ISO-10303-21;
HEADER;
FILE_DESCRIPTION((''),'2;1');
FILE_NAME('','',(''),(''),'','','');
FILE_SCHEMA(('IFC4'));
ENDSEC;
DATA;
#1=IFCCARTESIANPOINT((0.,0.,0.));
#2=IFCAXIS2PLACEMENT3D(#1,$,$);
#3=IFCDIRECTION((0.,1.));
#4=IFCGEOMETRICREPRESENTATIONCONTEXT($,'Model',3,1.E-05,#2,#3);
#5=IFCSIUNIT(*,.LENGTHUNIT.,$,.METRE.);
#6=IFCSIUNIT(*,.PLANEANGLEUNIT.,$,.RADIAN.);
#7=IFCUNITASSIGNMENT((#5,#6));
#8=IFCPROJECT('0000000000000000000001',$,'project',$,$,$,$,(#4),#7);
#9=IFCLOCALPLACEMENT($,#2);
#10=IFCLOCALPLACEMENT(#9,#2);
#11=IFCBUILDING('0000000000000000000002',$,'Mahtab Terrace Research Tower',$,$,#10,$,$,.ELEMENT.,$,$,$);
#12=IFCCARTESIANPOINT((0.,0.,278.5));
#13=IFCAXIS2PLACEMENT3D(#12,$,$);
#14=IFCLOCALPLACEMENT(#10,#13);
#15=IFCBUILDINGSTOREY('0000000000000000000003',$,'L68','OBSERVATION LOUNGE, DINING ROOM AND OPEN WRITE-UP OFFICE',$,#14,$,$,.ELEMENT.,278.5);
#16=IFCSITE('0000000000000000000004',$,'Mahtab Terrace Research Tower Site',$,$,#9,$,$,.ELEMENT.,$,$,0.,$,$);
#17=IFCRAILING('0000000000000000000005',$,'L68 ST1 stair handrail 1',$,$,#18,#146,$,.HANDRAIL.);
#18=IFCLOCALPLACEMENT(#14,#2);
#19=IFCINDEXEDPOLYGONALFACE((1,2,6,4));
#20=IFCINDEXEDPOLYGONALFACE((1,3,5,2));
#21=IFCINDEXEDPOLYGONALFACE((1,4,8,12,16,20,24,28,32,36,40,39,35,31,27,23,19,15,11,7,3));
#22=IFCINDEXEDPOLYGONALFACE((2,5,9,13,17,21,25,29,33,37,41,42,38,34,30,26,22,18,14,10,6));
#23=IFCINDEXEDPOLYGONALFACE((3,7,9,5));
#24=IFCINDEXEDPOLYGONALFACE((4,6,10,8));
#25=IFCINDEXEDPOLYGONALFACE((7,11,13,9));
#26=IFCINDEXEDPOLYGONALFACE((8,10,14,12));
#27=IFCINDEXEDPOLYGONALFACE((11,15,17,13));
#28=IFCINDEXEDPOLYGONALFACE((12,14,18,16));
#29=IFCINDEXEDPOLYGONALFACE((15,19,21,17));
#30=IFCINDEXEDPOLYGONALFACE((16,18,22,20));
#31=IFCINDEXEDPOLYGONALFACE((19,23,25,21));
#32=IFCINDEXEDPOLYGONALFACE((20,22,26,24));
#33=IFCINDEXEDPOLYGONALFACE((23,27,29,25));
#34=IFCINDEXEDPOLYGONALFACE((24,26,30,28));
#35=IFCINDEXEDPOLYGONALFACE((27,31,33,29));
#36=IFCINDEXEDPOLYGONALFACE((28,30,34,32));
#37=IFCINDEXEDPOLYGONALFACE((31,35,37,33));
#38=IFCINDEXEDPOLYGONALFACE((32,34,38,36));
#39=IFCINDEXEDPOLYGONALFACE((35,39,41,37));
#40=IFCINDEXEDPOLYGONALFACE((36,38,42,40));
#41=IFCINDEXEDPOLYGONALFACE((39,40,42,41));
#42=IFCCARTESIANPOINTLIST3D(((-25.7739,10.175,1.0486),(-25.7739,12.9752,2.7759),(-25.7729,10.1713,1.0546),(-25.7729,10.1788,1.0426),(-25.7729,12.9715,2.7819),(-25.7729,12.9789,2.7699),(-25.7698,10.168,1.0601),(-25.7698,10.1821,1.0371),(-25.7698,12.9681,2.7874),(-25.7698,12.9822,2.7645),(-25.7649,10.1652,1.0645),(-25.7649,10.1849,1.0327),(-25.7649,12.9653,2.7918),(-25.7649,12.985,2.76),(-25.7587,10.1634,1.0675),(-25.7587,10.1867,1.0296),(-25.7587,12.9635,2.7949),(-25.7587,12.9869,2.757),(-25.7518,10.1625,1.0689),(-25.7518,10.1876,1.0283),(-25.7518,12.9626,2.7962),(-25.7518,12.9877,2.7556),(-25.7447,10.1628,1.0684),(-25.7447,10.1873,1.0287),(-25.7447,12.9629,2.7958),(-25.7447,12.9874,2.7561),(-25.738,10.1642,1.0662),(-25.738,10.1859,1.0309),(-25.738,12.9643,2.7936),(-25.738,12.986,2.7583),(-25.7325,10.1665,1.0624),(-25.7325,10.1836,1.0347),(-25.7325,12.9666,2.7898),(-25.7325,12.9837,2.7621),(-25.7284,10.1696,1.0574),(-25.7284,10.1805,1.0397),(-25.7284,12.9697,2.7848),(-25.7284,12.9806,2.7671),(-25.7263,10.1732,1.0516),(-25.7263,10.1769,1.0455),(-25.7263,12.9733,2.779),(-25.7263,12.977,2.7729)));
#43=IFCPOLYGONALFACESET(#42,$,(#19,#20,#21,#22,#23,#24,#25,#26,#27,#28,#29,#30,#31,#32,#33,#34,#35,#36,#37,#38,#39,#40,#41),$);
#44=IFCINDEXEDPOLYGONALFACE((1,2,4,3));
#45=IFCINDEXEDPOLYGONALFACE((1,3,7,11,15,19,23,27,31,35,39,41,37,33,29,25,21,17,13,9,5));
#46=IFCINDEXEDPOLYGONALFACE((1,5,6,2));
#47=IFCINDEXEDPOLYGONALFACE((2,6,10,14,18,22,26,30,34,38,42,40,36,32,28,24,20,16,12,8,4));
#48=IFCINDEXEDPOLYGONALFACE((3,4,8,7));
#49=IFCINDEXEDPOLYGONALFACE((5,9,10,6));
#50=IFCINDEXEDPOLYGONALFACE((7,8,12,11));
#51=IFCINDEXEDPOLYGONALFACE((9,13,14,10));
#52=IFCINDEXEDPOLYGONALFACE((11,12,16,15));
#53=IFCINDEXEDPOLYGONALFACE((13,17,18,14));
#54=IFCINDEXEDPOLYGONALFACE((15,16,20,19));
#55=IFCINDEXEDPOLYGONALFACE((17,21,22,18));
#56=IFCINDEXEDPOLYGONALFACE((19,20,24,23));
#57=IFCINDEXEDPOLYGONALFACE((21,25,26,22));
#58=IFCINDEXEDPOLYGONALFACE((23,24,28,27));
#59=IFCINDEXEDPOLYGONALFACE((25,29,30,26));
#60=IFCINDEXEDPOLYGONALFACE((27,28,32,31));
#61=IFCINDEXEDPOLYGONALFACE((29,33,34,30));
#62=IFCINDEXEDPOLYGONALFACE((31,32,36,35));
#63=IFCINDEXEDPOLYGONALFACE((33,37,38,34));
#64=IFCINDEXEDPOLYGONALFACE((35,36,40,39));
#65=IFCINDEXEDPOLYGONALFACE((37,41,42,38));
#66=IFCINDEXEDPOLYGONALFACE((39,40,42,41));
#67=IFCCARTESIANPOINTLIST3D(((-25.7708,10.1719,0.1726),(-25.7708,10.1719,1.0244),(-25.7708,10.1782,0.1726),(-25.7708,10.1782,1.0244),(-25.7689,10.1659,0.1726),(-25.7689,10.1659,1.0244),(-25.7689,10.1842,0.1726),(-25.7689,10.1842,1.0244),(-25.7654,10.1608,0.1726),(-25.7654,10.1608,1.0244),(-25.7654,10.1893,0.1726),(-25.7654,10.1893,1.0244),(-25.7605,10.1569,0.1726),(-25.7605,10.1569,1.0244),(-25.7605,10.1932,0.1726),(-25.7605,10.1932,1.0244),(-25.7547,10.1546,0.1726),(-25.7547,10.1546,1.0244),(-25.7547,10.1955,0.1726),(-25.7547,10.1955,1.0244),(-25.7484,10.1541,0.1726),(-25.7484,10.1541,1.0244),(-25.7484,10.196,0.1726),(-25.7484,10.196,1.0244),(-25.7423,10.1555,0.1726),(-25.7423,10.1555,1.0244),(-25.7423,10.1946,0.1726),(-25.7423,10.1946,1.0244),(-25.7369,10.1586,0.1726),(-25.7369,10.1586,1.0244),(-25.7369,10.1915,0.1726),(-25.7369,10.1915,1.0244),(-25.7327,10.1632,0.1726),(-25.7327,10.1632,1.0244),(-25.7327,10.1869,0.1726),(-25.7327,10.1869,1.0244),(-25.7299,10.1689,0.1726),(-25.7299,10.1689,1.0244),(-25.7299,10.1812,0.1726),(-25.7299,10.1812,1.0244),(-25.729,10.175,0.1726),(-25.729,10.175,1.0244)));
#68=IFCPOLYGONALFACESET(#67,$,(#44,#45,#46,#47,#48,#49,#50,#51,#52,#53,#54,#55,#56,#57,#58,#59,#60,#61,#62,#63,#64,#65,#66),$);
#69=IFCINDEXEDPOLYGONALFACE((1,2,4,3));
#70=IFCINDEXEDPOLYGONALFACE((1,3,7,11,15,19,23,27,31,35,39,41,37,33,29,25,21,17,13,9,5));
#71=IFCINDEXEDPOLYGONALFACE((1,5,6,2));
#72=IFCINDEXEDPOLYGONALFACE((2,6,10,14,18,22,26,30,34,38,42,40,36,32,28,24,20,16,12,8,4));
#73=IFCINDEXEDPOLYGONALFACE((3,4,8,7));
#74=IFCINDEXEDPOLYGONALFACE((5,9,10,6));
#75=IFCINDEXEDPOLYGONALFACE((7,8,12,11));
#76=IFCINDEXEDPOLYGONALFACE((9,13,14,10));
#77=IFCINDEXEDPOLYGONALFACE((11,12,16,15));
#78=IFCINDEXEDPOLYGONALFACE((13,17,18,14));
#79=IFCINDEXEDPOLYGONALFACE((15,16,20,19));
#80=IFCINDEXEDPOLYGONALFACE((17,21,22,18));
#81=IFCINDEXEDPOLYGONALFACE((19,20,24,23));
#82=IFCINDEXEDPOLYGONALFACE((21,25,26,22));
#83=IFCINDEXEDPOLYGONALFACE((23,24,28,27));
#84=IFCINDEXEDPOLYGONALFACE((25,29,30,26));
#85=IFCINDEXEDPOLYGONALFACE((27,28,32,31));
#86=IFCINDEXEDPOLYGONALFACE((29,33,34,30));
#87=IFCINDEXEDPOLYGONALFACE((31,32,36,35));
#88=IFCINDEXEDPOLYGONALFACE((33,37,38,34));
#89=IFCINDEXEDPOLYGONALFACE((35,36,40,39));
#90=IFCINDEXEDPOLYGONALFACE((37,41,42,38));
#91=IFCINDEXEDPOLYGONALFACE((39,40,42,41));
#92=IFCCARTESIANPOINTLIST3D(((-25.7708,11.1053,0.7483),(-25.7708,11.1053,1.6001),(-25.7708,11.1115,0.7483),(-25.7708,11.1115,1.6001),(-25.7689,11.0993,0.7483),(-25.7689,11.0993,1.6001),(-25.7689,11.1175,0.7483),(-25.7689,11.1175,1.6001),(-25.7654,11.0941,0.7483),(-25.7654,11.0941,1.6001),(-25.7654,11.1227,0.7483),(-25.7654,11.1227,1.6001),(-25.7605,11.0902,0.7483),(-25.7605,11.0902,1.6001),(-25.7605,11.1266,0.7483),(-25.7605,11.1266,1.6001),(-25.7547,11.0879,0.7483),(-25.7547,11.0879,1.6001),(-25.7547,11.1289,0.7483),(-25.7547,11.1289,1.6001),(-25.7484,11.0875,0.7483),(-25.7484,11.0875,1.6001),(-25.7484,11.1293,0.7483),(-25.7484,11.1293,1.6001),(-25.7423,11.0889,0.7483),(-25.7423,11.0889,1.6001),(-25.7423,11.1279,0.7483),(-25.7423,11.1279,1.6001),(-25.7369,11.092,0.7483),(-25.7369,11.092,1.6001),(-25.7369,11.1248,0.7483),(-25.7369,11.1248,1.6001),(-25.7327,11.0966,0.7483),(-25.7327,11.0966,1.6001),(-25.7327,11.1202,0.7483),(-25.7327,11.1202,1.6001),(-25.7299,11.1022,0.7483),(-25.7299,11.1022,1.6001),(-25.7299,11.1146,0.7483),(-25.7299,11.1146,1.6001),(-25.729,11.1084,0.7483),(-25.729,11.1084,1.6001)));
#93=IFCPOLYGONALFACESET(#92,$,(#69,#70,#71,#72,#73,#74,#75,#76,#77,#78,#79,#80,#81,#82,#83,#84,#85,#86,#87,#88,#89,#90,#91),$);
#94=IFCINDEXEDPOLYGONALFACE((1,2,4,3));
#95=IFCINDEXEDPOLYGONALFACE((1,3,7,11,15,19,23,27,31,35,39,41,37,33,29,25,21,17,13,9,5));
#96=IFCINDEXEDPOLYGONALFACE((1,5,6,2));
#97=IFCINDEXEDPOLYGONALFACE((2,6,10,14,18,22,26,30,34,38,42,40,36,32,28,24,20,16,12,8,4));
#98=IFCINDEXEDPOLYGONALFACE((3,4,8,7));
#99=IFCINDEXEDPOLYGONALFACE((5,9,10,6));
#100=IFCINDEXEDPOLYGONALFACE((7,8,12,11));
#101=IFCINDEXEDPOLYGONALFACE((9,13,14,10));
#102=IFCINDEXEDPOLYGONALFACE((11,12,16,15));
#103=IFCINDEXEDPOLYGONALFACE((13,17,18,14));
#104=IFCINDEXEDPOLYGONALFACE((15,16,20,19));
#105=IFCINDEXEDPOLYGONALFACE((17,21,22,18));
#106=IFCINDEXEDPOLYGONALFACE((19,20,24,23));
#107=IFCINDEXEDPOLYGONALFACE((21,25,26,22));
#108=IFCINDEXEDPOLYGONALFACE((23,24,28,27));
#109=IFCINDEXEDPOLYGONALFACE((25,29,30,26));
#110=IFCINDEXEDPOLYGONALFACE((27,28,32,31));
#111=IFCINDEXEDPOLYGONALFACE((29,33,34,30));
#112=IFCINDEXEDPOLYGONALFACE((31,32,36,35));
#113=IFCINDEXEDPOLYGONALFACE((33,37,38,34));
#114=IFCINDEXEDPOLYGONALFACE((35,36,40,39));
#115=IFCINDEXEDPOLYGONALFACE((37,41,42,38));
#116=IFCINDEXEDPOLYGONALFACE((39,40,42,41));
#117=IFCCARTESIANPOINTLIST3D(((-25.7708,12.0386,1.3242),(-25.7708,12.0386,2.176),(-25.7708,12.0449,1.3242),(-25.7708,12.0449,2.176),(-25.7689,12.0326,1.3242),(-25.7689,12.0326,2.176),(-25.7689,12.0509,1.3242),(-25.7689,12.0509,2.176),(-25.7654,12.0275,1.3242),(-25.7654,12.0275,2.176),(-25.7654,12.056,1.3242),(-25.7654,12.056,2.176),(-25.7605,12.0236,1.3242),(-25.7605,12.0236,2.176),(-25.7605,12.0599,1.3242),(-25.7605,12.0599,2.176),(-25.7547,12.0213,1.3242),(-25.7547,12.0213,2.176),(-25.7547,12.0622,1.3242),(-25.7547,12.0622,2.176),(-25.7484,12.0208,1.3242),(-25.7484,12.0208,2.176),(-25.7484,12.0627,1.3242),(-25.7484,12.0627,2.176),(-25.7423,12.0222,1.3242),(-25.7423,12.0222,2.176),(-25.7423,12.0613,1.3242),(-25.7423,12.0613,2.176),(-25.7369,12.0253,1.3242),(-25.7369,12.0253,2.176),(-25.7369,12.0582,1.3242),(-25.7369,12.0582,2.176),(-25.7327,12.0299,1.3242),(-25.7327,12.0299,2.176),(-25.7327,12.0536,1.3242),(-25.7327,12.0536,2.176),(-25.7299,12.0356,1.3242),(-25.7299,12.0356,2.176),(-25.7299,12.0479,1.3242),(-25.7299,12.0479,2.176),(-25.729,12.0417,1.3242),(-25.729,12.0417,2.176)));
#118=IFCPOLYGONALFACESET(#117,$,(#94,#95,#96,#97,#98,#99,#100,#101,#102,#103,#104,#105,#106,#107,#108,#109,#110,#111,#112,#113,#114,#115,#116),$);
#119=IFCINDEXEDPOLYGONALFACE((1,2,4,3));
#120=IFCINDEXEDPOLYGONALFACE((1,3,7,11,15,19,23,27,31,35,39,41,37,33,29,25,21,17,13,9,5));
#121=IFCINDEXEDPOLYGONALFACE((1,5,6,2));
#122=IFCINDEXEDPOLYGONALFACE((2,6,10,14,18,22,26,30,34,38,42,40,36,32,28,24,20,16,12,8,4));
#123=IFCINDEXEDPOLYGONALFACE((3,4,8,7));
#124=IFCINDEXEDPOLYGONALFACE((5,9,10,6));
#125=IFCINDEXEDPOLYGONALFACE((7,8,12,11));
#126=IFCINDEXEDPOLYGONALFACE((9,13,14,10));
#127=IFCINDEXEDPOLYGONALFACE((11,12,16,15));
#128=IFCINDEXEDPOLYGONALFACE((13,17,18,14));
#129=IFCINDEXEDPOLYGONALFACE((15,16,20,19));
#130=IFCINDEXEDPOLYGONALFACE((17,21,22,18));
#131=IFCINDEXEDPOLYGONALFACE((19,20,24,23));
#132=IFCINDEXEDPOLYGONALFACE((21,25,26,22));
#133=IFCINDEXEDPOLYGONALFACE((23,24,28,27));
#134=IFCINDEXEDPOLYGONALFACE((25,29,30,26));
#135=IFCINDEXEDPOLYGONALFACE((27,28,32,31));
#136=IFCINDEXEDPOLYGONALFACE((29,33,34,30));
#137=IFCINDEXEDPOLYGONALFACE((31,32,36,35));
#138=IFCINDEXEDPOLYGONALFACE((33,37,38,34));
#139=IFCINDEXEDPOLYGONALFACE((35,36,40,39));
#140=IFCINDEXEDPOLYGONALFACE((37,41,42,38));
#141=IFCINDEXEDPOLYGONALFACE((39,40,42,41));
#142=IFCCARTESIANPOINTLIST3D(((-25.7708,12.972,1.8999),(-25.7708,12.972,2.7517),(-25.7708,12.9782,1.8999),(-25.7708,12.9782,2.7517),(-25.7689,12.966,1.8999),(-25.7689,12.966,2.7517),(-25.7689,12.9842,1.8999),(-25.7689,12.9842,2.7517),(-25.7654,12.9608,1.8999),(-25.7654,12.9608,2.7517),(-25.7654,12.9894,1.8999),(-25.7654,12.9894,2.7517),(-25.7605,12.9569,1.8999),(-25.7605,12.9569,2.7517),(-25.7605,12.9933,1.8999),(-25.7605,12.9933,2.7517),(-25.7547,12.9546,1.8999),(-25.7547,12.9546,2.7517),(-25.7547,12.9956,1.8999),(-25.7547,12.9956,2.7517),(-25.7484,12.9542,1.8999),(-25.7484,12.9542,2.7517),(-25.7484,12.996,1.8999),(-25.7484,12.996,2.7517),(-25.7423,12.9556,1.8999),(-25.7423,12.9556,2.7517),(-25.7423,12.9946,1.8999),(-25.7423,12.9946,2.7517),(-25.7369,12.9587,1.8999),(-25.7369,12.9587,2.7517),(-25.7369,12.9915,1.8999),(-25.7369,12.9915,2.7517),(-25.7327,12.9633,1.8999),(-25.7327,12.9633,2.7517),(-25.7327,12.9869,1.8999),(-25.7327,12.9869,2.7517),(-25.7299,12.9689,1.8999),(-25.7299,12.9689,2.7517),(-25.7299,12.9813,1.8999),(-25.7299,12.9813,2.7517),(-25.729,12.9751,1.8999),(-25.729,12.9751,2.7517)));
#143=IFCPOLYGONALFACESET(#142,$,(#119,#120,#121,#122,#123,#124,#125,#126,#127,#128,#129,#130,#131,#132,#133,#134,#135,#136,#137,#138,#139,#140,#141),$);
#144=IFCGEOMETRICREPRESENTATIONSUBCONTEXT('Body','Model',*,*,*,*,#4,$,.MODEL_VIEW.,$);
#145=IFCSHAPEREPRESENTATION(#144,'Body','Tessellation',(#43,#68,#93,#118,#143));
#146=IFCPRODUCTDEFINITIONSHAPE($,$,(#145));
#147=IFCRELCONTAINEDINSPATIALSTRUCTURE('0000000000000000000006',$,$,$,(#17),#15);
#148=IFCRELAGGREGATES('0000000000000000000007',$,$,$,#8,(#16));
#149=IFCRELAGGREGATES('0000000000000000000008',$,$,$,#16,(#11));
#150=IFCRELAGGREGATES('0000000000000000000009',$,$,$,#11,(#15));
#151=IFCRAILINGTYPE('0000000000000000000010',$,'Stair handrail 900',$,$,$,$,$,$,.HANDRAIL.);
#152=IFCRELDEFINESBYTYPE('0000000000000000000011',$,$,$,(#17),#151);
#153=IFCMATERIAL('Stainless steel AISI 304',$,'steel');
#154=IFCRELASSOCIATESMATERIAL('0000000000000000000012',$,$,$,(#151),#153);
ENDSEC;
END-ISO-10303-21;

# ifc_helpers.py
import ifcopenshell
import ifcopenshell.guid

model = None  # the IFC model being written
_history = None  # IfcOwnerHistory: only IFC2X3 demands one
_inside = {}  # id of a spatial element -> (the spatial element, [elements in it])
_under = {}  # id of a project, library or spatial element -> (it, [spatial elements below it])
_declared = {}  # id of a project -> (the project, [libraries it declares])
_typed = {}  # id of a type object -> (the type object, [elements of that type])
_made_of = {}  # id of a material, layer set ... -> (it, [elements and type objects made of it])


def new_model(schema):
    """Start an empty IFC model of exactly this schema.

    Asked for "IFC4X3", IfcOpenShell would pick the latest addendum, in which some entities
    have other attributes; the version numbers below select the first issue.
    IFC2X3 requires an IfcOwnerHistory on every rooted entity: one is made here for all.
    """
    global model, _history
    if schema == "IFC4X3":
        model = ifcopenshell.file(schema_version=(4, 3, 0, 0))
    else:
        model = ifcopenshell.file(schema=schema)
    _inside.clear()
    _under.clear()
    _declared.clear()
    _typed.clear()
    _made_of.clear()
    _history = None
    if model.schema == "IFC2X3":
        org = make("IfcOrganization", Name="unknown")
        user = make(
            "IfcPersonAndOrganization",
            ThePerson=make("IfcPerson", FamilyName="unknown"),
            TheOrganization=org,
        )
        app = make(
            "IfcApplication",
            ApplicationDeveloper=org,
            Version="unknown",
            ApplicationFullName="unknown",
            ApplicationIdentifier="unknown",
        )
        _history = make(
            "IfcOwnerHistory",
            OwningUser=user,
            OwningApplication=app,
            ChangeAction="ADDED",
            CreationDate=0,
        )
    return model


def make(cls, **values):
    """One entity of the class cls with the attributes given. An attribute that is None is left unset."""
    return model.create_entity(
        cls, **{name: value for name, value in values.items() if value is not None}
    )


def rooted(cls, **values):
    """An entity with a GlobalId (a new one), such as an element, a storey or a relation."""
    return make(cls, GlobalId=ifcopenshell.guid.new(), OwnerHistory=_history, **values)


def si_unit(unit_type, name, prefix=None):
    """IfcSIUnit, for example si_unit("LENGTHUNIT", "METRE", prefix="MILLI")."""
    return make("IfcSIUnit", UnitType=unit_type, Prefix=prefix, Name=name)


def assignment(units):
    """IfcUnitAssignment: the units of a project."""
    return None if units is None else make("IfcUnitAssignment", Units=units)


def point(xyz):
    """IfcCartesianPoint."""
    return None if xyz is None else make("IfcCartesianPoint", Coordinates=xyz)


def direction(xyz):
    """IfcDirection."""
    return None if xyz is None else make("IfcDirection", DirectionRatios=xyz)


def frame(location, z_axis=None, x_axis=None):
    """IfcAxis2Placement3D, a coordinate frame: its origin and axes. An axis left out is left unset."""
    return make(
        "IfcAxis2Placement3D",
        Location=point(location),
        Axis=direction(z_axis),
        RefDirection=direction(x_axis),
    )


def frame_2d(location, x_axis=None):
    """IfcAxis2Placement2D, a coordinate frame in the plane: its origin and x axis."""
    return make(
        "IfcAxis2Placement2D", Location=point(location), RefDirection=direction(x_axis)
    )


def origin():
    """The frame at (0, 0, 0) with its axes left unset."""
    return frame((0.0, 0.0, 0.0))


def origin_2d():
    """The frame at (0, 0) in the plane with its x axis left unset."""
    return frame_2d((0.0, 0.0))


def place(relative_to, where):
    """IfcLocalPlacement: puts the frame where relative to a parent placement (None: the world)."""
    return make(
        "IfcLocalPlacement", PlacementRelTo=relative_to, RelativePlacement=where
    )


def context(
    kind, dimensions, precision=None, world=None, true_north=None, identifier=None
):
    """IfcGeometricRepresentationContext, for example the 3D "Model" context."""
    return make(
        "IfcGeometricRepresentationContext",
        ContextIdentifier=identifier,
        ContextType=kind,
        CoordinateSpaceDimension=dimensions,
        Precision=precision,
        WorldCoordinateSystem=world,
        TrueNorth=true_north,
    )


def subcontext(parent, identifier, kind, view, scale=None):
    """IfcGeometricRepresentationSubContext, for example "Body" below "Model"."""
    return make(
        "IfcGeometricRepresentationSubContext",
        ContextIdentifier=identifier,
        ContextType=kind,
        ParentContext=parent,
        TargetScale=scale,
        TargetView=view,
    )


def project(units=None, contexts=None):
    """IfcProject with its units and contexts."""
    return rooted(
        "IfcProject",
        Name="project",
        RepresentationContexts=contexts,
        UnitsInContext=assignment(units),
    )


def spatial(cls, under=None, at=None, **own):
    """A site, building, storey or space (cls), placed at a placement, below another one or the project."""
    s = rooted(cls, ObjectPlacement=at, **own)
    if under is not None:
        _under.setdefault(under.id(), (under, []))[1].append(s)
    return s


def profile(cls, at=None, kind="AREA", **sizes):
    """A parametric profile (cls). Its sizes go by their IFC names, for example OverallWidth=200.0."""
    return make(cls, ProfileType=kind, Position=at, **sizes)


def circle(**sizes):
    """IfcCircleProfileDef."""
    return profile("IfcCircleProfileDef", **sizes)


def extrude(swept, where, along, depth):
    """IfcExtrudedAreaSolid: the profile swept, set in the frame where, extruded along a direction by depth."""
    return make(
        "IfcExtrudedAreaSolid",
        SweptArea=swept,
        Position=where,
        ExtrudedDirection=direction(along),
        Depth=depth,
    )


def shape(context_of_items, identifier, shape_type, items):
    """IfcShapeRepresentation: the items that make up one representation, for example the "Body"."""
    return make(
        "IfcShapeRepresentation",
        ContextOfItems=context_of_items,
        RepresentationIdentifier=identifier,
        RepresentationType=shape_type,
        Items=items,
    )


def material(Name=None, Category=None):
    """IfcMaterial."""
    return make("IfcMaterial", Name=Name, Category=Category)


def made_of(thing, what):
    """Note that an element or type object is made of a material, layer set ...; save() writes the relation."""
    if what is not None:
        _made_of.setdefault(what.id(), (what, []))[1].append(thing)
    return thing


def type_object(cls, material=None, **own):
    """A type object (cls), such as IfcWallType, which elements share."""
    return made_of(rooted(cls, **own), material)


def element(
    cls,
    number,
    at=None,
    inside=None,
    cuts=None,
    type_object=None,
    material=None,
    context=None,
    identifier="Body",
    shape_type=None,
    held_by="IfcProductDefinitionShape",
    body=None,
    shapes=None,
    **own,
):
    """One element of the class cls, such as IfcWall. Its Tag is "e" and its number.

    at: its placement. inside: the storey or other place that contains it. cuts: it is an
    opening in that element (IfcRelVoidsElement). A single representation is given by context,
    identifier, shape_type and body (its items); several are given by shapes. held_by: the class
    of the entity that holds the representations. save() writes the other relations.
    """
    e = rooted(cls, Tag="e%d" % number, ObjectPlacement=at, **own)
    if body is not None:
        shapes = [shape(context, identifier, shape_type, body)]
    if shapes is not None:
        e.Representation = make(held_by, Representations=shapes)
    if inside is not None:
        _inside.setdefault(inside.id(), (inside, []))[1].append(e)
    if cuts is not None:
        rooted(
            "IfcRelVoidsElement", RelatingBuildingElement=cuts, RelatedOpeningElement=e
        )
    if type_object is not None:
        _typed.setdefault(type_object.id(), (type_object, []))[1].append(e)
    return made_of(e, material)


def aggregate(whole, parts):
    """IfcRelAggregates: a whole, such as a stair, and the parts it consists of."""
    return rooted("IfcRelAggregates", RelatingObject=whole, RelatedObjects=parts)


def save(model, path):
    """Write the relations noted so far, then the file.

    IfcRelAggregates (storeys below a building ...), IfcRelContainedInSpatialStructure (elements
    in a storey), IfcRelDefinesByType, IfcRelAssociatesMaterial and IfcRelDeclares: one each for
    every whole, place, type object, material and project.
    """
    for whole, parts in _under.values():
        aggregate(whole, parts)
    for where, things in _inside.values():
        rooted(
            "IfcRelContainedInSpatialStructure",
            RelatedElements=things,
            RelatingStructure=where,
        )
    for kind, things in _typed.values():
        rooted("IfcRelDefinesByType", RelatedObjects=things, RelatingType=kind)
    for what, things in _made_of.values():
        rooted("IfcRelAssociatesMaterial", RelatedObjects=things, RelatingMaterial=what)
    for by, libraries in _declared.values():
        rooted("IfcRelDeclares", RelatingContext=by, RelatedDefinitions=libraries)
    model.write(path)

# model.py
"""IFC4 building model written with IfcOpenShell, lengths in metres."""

from ifc_helpers import new_model, si_unit, direction, frame, origin, origin_2d, place, context, subcontext, project, spatial, circle, extrude, material, type_object, element, save


model = new_model("IFC4")

# Units and contexts
model_context = context("Model", 3, precision=1e-05, world=origin(), true_north=direction((0.0, 1.0)))
body_context = subcontext(model_context, "Body", "Model", "MODEL_VIEW")
ifc_project = project(units=[si_unit("LENGTHUNIT", "METRE"), si_unit("PLANEANGLEUNIT", "RADIAN")], contexts=[model_context])

# Site, building, storey
site_placement = place(None, origin())
site = spatial("IfcSite", under=ifc_project, at=site_placement, Name="Mahtab Terrace Research Tower Site", CompositionType="ELEMENT", RefElevation=0.0)
building_placement = place(site_placement, origin())
building = spatial("IfcBuilding", under=site, at=building_placement, Name="Mahtab Terrace Research Tower", CompositionType="ELEMENT")
storey_placement = place(building_placement, frame((0.0, 0.0, 278.5)))
storey = spatial("IfcBuildingStorey", under=building, at=storey_placement, Name="L68", Description="OBSERVATION LOUNGE, DINING ROOM AND OPEN WRITE-UP OFFICE", CompositionType="ELEMENT", Elevation=278.5)

# Railing
ifc_material_1 = material(Name="Stainless steel AISI 304", Category="steel")
railing_type_1 = type_object("IfcRailingType", Name="Stair handrail 900", PredefinedType="HANDRAIL", material=ifc_material_1)
railing_1_placement = place(storey_placement, frame((-25.75, 10.175, 0.1726)))
element("IfcRailing", 1, at=railing_1_placement, inside=storey, type_object=railing_type_1, Name="L68 ST1 stair handrail 1", PredefinedType="HANDRAIL", context=body_context, shape_type="SweptSolid", body=[
    extrude(circle(Radius=0.0239, at=origin_2d()), frame((0.0, 0.0, 0.876), z_axis=(0.0, 0.85109, 0.52502), x_axis=(-1.0, 0.0, 0.0)), (0.0, 0.0, 1.0), 3.29),
    extrude(circle(Radius=0.021, at=origin_2d()), origin(), (0.0, 0.0, 1.0), 0.8518),
    extrude(circle(Radius=0.021, at=origin_2d()), frame((0.0, 0.9333, 0.5757)), (0.0, 0.0, 1.0), 0.8518),
    extrude(circle(Radius=0.021, at=origin_2d()), frame((0.0, 1.8667, 1.1516)), (0.0, 0.0, 1.0), 0.8518),
    extrude(circle(Radius=0.021, at=origin_2d()), frame((0.0, 2.8, 1.7273)), (0.0, 0.0, 1.0), 0.8518),
])

save(model, "model.ifc")
